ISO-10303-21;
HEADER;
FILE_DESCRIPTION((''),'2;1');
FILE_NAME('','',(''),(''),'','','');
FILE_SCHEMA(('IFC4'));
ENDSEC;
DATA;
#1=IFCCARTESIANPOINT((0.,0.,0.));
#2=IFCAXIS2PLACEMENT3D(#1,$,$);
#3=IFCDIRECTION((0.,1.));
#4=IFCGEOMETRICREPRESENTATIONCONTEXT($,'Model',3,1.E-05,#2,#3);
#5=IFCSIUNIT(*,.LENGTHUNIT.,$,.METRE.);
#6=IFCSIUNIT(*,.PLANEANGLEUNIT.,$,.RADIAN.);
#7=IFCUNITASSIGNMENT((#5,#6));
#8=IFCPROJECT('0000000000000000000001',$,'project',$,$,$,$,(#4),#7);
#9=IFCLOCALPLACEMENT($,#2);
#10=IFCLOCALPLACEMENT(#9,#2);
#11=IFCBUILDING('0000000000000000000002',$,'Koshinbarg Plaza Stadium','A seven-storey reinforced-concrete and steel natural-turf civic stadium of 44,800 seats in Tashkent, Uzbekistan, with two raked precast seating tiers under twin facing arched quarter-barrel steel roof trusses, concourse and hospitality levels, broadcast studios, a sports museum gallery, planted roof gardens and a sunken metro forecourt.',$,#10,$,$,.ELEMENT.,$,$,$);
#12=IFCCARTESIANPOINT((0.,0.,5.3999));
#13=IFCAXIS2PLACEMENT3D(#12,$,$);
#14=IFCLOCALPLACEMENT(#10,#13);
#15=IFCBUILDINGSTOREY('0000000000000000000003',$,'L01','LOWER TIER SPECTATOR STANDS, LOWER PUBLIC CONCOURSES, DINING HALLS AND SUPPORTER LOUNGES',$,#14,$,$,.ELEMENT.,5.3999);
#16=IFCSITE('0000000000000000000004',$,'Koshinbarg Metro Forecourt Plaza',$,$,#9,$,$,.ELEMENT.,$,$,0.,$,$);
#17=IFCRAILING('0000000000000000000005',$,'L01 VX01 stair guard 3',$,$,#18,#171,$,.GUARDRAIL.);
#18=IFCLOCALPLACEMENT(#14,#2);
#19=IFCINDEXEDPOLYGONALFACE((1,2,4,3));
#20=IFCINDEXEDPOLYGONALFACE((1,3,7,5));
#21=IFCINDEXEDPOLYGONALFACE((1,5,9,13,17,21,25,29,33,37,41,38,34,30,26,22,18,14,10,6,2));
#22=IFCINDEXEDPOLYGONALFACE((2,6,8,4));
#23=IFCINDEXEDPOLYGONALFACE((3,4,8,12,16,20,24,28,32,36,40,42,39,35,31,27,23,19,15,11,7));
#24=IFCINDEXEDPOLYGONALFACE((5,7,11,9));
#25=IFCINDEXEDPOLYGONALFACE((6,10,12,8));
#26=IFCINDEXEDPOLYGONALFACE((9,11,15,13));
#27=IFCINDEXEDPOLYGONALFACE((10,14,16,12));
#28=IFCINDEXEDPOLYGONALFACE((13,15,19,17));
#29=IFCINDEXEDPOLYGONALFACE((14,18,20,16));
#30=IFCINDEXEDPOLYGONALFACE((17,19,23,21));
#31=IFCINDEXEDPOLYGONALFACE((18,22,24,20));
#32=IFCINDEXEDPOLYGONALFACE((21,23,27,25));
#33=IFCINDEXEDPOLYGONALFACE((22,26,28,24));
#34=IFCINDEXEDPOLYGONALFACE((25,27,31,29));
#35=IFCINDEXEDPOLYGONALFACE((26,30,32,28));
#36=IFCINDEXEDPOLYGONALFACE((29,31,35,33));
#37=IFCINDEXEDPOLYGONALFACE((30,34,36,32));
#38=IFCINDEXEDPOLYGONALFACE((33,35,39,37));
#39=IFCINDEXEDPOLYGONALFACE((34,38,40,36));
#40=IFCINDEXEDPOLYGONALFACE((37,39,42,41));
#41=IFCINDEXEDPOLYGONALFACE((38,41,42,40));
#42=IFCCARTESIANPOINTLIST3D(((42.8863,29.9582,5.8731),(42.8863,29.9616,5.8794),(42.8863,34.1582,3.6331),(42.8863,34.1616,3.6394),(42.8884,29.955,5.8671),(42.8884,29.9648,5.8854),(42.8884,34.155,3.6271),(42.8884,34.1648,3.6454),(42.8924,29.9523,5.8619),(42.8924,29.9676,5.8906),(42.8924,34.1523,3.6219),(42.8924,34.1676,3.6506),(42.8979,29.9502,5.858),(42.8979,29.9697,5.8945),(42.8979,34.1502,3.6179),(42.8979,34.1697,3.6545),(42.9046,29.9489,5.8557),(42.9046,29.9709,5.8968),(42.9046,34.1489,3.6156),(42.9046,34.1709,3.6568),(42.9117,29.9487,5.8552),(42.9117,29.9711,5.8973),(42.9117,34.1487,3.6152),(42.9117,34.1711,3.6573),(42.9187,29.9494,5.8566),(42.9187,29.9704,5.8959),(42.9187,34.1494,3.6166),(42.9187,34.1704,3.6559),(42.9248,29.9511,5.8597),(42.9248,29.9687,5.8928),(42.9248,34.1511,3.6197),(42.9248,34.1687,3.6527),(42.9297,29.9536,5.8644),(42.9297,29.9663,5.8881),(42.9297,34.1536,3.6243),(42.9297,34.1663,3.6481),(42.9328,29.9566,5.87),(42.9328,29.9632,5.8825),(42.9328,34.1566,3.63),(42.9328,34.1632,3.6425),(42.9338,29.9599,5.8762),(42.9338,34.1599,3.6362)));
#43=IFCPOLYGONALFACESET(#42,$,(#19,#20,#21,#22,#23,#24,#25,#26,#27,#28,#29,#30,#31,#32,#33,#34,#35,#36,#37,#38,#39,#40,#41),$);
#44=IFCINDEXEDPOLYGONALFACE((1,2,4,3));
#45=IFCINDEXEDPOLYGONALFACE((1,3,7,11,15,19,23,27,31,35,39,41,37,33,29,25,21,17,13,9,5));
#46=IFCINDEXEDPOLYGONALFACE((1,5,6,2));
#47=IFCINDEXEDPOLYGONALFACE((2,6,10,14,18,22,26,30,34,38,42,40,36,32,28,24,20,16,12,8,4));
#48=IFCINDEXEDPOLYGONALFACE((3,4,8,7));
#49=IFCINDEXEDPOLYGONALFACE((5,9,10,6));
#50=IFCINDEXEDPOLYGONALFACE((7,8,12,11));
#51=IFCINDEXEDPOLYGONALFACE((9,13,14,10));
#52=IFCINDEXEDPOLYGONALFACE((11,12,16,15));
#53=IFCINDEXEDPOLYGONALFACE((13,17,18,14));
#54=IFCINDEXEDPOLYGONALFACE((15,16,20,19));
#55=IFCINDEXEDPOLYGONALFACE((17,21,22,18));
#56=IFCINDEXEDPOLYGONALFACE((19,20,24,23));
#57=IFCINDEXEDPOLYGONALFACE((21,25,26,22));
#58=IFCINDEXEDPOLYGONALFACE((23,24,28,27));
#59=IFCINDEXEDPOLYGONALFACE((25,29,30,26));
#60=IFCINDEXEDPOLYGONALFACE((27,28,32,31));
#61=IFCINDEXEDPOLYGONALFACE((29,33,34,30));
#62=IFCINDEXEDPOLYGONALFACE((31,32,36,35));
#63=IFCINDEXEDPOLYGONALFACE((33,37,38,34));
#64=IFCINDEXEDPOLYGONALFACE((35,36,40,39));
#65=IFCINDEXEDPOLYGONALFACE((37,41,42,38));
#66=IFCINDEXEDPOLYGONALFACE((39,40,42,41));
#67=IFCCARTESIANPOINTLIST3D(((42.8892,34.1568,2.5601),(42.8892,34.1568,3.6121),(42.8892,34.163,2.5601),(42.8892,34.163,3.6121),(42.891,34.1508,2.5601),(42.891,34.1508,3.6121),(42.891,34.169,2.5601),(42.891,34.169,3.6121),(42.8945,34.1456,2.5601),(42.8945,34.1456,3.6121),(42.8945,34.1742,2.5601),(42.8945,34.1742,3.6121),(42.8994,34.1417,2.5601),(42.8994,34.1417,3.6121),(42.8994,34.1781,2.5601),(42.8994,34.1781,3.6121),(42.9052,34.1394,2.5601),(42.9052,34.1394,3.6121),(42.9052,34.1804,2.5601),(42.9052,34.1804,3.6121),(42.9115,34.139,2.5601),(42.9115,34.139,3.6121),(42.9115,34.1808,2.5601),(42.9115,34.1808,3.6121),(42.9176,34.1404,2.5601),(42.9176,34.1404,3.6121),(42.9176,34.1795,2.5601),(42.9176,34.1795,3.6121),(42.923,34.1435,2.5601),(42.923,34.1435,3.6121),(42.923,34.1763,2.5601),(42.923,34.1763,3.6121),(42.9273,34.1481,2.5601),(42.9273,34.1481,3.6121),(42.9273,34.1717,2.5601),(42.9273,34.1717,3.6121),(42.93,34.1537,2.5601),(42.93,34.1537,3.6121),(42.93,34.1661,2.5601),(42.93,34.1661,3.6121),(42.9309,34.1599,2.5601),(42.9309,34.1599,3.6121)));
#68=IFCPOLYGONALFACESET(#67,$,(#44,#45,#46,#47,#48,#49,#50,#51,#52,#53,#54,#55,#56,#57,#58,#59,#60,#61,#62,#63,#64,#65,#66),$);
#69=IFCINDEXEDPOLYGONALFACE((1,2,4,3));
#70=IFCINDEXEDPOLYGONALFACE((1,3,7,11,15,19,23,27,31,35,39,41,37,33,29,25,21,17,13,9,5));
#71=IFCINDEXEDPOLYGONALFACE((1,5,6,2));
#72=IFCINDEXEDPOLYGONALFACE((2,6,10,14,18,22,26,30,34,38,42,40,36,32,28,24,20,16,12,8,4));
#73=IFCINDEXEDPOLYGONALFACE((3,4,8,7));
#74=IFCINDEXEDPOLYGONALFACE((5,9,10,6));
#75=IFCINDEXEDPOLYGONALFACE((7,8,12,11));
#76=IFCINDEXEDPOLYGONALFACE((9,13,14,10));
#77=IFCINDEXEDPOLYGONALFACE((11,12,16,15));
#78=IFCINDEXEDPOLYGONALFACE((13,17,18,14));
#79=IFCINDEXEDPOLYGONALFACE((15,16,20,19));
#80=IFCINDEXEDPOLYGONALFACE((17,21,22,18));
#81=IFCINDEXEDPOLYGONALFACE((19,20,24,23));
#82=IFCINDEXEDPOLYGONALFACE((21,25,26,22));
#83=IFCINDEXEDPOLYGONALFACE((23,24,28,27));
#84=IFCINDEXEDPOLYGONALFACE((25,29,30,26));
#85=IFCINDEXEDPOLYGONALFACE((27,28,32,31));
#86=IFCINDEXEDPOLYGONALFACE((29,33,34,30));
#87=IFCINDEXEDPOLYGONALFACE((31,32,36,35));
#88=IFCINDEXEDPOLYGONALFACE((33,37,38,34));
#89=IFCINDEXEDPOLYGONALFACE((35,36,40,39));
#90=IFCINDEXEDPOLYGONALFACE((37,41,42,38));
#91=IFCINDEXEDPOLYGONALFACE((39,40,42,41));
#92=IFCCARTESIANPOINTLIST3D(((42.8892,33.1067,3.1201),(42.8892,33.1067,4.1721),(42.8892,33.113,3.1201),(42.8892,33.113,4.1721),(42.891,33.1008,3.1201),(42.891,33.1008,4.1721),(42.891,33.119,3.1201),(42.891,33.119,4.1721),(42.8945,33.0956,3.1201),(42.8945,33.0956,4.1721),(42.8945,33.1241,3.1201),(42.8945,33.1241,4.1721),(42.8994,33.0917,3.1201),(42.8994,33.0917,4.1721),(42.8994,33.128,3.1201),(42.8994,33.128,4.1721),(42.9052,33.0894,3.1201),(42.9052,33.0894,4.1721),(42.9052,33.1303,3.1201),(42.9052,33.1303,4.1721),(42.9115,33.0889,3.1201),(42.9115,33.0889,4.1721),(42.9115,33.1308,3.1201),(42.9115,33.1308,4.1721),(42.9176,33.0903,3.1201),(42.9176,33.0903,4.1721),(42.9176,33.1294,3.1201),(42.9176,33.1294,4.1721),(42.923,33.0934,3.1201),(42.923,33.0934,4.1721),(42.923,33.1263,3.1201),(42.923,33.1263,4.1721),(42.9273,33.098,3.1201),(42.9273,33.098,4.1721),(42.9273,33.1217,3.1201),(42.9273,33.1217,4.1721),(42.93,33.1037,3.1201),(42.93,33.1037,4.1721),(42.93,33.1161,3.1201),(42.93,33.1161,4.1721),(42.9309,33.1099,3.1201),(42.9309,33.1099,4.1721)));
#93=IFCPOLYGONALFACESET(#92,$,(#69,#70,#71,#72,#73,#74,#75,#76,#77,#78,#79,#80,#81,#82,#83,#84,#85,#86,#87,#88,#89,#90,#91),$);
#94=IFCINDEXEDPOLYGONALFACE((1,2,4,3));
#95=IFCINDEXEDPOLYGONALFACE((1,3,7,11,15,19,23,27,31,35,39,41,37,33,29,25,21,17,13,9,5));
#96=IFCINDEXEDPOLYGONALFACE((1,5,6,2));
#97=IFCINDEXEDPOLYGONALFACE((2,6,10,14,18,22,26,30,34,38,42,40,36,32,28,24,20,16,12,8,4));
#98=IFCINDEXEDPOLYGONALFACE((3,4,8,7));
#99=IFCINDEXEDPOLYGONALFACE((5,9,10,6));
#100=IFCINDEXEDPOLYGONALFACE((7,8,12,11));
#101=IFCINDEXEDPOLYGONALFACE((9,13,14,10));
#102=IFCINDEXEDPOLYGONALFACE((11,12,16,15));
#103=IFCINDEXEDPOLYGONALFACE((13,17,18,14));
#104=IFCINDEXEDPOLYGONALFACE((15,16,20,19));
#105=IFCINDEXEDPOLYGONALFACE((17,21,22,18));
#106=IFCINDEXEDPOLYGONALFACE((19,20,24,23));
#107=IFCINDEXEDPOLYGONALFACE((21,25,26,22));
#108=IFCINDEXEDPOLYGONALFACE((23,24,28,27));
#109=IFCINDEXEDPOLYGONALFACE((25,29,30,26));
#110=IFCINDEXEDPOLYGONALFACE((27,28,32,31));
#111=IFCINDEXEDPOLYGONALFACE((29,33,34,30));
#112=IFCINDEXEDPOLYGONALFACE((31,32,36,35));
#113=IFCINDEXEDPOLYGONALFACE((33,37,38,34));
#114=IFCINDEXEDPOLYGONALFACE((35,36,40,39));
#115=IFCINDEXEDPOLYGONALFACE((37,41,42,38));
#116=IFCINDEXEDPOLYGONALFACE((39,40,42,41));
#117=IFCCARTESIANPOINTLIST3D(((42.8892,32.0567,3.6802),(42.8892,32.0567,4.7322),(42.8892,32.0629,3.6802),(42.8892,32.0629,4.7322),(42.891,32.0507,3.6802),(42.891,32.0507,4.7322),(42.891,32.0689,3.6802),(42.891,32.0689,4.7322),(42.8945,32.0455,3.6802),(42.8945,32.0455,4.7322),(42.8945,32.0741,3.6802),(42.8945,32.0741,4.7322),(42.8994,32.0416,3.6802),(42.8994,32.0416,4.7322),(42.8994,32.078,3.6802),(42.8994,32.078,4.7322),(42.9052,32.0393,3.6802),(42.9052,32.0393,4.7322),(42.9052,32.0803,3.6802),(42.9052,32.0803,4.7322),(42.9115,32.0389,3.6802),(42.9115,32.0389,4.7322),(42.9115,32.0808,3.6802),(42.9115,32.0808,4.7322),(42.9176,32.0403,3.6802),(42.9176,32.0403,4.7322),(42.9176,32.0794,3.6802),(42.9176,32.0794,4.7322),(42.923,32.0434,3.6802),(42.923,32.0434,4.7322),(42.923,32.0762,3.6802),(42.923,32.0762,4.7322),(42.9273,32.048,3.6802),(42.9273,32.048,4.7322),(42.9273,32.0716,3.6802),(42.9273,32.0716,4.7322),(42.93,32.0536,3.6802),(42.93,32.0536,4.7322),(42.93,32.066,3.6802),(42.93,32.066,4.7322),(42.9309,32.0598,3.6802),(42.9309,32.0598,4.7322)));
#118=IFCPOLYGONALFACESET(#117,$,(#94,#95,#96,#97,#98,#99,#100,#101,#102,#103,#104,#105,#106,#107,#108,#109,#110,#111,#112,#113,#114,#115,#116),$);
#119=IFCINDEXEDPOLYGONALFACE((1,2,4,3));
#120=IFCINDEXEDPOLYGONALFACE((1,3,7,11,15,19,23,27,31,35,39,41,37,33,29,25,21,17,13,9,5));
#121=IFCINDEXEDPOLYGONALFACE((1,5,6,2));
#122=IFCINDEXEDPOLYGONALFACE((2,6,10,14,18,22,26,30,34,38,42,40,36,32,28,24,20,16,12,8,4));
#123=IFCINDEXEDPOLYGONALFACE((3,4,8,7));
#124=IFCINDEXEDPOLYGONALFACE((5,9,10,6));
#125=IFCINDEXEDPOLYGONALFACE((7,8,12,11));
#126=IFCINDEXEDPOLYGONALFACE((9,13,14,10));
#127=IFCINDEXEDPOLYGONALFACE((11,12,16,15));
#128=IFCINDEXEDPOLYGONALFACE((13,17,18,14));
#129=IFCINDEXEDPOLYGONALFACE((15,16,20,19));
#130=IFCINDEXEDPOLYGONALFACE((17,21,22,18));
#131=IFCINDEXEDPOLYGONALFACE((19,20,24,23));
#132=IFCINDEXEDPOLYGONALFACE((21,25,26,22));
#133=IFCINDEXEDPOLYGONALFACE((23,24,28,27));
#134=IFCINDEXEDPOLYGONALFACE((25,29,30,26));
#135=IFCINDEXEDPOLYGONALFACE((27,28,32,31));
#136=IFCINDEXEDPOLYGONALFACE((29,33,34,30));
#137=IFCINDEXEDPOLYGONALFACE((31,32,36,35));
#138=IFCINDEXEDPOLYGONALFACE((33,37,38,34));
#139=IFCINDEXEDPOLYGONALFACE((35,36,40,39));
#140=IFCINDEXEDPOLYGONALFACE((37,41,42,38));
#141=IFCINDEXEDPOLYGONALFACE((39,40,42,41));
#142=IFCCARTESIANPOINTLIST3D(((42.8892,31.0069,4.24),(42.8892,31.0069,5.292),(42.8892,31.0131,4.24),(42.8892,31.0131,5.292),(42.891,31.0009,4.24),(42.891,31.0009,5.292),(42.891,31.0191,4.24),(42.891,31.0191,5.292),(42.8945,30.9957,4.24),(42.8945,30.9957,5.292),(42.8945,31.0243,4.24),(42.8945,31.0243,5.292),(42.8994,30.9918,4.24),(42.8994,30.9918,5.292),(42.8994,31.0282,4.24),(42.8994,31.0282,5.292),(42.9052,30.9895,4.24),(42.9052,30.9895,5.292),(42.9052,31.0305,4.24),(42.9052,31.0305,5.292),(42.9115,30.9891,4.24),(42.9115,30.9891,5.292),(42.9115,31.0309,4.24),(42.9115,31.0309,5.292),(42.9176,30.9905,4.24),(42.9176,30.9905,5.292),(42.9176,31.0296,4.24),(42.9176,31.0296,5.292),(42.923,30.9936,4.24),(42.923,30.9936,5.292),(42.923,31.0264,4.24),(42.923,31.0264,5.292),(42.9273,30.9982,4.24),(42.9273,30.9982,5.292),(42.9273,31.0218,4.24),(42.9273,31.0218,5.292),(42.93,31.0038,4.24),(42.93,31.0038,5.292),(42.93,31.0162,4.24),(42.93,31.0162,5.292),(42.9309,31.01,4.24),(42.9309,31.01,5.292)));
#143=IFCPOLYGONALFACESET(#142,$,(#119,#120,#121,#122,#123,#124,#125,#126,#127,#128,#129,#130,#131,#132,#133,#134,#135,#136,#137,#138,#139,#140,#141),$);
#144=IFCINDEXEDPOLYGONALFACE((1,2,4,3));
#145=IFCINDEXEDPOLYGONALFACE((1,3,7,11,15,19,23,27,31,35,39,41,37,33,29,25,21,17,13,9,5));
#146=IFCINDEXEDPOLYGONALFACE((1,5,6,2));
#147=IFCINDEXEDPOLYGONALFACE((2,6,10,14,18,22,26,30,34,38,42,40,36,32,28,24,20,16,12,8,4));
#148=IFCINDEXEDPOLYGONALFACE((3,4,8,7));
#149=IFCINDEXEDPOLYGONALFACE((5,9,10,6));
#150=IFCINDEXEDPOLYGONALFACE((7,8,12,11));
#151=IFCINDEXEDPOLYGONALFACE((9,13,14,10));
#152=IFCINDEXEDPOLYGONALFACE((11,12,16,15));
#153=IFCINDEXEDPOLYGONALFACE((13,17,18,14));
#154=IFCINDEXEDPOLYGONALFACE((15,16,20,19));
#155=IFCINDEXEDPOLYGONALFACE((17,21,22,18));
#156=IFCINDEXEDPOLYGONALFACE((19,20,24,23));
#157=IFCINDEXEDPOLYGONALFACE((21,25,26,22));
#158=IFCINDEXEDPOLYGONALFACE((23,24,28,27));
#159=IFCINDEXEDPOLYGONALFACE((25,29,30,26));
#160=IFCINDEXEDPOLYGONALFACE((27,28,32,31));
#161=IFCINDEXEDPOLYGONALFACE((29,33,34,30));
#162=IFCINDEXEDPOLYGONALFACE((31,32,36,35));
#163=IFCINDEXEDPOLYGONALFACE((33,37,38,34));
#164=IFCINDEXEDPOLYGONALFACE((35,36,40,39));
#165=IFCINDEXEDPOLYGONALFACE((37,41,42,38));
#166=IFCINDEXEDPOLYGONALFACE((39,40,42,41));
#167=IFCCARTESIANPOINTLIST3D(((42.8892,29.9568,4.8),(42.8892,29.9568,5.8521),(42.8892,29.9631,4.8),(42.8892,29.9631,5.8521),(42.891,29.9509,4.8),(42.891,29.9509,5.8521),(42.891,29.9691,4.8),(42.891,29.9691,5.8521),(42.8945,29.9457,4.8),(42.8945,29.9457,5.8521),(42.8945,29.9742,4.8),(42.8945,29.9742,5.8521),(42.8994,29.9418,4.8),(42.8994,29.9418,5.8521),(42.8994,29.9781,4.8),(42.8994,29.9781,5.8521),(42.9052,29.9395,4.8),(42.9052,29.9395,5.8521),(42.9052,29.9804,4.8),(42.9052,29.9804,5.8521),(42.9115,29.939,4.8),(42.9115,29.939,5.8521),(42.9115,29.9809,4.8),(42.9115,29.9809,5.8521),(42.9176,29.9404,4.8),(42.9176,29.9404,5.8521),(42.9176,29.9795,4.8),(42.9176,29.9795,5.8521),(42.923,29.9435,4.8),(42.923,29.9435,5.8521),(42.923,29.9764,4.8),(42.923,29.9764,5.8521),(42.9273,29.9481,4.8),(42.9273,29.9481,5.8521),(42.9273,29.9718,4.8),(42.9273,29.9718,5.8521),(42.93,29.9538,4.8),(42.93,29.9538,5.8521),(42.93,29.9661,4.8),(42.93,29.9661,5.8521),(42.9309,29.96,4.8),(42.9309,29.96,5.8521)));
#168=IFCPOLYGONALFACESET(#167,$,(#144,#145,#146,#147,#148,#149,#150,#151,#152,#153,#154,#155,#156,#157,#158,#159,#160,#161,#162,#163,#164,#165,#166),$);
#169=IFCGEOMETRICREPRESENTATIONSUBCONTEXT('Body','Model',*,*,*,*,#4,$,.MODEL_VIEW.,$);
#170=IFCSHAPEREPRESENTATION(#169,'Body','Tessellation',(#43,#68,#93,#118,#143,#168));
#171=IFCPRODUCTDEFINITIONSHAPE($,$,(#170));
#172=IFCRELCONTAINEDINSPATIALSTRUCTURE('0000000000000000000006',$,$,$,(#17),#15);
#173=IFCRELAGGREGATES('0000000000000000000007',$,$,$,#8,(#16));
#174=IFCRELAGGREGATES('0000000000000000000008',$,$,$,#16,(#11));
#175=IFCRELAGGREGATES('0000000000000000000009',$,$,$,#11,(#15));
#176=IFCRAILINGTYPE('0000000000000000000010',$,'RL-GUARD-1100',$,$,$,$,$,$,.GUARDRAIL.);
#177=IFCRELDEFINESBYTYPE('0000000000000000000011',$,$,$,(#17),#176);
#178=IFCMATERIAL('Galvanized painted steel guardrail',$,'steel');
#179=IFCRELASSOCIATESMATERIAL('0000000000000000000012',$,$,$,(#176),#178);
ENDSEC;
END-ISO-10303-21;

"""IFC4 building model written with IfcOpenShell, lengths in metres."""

from ifc_helpers import new_model, si_unit, direction, frame, origin, origin_2d, place, context, subcontext, project, spatial, circle, extrude, material, type_object, element, save


model = new_model("IFC4")

# Units and contexts
model_context = context("Model", 3, precision=1e-05, world=origin(), true_north=direction((0.0, 1.0)))
body_context = subcontext(model_context, "Body", "Model", "MODEL_VIEW")
ifc_project = project(units=[si_unit("LENGTHUNIT", "METRE"), si_unit("PLANEANGLEUNIT", "RADIAN")], contexts=[model_context])

# Site, building, storey
site_placement = place(None, origin())
site = spatial("IfcSite", under=ifc_project, at=site_placement, Name="Koshinbarg Metro Forecourt Plaza", CompositionType="ELEMENT", RefElevation=0.0)
building_placement = place(site_placement, origin())
building = spatial("IfcBuilding", under=site, at=building_placement, Name="Koshinbarg Plaza Stadium", Description="A seven-storey reinforced-concrete and steel natural-turf civic stadium of 44,800 seats in Tashkent, Uzbekistan, with two raked precast seating tiers under twin facing arched quarter-barrel steel roof trusses, concourse and hospitality levels, broadcast studios, a sports museum gallery, planted roof gardens and a sunken metro forecourt.", CompositionType="ELEMENT")
storey_placement = place(building_placement, frame((0.0, 0.0, 5.3999)))
storey = spatial("IfcBuildingStorey", under=building, at=storey_placement, Name="L01", Description="LOWER TIER SPECTATOR STANDS, LOWER PUBLIC CONCOURSES, DINING HALLS AND SUPPORTER LOUNGES", CompositionType="ELEMENT", Elevation=5.3999)

# Railing
ifc_material_1 = material(Name="Galvanized painted steel guardrail", Category="steel")
railing_type_1 = type_object("IfcRailingType", Name="RL-GUARD-1100", PredefinedType="GUARDRAIL", material=ifc_material_1)
railing_1_placement = place(storey_placement, frame((42.9099, 34.1599, 2.5601)))
element("IfcRailing", 1, at=railing_1_placement, inside=storey, type_object=railing_type_1, Name="L01 VX01 stair guard 3", PredefinedType="GUARDRAIL", context=body_context, shape_type="SweptSolid", body=[
    extrude(circle(Radius=0.0239, at=origin_2d()), frame((0.0, 0.0, 1.0762), z_axis=(0.0, -0.882352, 0.470591), x_axis=(1.0, 0.0, 0.0)), (0.0, 0.0, 1.0), 4.76),
    extrude(circle(Radius=0.021, at=origin_2d()), origin(), (0.0, 0.0, 1.0), 1.052),
    extrude(circle(Radius=0.021, at=origin_2d()), frame((0.0, -1.05, 0.5601)), (0.0, 0.0, 1.0), 1.052),
    extrude(circle(Radius=0.021, at=origin_2d()), frame((0.0, -2.1001, 1.1201)), (0.0, 0.0, 1.0), 1.052),
    extrude(circle(Radius=0.021, at=origin_2d()), frame((0.0, -3.1499, 1.6799)), (0.0, 0.0, 1.0), 1.052),
    extrude(circle(Radius=0.021, at=origin_2d()), frame((0.0, -4.2, 2.24)), (0.0, 0.0, 1.0), 1.052),
])

save(model, "model.ifc")
